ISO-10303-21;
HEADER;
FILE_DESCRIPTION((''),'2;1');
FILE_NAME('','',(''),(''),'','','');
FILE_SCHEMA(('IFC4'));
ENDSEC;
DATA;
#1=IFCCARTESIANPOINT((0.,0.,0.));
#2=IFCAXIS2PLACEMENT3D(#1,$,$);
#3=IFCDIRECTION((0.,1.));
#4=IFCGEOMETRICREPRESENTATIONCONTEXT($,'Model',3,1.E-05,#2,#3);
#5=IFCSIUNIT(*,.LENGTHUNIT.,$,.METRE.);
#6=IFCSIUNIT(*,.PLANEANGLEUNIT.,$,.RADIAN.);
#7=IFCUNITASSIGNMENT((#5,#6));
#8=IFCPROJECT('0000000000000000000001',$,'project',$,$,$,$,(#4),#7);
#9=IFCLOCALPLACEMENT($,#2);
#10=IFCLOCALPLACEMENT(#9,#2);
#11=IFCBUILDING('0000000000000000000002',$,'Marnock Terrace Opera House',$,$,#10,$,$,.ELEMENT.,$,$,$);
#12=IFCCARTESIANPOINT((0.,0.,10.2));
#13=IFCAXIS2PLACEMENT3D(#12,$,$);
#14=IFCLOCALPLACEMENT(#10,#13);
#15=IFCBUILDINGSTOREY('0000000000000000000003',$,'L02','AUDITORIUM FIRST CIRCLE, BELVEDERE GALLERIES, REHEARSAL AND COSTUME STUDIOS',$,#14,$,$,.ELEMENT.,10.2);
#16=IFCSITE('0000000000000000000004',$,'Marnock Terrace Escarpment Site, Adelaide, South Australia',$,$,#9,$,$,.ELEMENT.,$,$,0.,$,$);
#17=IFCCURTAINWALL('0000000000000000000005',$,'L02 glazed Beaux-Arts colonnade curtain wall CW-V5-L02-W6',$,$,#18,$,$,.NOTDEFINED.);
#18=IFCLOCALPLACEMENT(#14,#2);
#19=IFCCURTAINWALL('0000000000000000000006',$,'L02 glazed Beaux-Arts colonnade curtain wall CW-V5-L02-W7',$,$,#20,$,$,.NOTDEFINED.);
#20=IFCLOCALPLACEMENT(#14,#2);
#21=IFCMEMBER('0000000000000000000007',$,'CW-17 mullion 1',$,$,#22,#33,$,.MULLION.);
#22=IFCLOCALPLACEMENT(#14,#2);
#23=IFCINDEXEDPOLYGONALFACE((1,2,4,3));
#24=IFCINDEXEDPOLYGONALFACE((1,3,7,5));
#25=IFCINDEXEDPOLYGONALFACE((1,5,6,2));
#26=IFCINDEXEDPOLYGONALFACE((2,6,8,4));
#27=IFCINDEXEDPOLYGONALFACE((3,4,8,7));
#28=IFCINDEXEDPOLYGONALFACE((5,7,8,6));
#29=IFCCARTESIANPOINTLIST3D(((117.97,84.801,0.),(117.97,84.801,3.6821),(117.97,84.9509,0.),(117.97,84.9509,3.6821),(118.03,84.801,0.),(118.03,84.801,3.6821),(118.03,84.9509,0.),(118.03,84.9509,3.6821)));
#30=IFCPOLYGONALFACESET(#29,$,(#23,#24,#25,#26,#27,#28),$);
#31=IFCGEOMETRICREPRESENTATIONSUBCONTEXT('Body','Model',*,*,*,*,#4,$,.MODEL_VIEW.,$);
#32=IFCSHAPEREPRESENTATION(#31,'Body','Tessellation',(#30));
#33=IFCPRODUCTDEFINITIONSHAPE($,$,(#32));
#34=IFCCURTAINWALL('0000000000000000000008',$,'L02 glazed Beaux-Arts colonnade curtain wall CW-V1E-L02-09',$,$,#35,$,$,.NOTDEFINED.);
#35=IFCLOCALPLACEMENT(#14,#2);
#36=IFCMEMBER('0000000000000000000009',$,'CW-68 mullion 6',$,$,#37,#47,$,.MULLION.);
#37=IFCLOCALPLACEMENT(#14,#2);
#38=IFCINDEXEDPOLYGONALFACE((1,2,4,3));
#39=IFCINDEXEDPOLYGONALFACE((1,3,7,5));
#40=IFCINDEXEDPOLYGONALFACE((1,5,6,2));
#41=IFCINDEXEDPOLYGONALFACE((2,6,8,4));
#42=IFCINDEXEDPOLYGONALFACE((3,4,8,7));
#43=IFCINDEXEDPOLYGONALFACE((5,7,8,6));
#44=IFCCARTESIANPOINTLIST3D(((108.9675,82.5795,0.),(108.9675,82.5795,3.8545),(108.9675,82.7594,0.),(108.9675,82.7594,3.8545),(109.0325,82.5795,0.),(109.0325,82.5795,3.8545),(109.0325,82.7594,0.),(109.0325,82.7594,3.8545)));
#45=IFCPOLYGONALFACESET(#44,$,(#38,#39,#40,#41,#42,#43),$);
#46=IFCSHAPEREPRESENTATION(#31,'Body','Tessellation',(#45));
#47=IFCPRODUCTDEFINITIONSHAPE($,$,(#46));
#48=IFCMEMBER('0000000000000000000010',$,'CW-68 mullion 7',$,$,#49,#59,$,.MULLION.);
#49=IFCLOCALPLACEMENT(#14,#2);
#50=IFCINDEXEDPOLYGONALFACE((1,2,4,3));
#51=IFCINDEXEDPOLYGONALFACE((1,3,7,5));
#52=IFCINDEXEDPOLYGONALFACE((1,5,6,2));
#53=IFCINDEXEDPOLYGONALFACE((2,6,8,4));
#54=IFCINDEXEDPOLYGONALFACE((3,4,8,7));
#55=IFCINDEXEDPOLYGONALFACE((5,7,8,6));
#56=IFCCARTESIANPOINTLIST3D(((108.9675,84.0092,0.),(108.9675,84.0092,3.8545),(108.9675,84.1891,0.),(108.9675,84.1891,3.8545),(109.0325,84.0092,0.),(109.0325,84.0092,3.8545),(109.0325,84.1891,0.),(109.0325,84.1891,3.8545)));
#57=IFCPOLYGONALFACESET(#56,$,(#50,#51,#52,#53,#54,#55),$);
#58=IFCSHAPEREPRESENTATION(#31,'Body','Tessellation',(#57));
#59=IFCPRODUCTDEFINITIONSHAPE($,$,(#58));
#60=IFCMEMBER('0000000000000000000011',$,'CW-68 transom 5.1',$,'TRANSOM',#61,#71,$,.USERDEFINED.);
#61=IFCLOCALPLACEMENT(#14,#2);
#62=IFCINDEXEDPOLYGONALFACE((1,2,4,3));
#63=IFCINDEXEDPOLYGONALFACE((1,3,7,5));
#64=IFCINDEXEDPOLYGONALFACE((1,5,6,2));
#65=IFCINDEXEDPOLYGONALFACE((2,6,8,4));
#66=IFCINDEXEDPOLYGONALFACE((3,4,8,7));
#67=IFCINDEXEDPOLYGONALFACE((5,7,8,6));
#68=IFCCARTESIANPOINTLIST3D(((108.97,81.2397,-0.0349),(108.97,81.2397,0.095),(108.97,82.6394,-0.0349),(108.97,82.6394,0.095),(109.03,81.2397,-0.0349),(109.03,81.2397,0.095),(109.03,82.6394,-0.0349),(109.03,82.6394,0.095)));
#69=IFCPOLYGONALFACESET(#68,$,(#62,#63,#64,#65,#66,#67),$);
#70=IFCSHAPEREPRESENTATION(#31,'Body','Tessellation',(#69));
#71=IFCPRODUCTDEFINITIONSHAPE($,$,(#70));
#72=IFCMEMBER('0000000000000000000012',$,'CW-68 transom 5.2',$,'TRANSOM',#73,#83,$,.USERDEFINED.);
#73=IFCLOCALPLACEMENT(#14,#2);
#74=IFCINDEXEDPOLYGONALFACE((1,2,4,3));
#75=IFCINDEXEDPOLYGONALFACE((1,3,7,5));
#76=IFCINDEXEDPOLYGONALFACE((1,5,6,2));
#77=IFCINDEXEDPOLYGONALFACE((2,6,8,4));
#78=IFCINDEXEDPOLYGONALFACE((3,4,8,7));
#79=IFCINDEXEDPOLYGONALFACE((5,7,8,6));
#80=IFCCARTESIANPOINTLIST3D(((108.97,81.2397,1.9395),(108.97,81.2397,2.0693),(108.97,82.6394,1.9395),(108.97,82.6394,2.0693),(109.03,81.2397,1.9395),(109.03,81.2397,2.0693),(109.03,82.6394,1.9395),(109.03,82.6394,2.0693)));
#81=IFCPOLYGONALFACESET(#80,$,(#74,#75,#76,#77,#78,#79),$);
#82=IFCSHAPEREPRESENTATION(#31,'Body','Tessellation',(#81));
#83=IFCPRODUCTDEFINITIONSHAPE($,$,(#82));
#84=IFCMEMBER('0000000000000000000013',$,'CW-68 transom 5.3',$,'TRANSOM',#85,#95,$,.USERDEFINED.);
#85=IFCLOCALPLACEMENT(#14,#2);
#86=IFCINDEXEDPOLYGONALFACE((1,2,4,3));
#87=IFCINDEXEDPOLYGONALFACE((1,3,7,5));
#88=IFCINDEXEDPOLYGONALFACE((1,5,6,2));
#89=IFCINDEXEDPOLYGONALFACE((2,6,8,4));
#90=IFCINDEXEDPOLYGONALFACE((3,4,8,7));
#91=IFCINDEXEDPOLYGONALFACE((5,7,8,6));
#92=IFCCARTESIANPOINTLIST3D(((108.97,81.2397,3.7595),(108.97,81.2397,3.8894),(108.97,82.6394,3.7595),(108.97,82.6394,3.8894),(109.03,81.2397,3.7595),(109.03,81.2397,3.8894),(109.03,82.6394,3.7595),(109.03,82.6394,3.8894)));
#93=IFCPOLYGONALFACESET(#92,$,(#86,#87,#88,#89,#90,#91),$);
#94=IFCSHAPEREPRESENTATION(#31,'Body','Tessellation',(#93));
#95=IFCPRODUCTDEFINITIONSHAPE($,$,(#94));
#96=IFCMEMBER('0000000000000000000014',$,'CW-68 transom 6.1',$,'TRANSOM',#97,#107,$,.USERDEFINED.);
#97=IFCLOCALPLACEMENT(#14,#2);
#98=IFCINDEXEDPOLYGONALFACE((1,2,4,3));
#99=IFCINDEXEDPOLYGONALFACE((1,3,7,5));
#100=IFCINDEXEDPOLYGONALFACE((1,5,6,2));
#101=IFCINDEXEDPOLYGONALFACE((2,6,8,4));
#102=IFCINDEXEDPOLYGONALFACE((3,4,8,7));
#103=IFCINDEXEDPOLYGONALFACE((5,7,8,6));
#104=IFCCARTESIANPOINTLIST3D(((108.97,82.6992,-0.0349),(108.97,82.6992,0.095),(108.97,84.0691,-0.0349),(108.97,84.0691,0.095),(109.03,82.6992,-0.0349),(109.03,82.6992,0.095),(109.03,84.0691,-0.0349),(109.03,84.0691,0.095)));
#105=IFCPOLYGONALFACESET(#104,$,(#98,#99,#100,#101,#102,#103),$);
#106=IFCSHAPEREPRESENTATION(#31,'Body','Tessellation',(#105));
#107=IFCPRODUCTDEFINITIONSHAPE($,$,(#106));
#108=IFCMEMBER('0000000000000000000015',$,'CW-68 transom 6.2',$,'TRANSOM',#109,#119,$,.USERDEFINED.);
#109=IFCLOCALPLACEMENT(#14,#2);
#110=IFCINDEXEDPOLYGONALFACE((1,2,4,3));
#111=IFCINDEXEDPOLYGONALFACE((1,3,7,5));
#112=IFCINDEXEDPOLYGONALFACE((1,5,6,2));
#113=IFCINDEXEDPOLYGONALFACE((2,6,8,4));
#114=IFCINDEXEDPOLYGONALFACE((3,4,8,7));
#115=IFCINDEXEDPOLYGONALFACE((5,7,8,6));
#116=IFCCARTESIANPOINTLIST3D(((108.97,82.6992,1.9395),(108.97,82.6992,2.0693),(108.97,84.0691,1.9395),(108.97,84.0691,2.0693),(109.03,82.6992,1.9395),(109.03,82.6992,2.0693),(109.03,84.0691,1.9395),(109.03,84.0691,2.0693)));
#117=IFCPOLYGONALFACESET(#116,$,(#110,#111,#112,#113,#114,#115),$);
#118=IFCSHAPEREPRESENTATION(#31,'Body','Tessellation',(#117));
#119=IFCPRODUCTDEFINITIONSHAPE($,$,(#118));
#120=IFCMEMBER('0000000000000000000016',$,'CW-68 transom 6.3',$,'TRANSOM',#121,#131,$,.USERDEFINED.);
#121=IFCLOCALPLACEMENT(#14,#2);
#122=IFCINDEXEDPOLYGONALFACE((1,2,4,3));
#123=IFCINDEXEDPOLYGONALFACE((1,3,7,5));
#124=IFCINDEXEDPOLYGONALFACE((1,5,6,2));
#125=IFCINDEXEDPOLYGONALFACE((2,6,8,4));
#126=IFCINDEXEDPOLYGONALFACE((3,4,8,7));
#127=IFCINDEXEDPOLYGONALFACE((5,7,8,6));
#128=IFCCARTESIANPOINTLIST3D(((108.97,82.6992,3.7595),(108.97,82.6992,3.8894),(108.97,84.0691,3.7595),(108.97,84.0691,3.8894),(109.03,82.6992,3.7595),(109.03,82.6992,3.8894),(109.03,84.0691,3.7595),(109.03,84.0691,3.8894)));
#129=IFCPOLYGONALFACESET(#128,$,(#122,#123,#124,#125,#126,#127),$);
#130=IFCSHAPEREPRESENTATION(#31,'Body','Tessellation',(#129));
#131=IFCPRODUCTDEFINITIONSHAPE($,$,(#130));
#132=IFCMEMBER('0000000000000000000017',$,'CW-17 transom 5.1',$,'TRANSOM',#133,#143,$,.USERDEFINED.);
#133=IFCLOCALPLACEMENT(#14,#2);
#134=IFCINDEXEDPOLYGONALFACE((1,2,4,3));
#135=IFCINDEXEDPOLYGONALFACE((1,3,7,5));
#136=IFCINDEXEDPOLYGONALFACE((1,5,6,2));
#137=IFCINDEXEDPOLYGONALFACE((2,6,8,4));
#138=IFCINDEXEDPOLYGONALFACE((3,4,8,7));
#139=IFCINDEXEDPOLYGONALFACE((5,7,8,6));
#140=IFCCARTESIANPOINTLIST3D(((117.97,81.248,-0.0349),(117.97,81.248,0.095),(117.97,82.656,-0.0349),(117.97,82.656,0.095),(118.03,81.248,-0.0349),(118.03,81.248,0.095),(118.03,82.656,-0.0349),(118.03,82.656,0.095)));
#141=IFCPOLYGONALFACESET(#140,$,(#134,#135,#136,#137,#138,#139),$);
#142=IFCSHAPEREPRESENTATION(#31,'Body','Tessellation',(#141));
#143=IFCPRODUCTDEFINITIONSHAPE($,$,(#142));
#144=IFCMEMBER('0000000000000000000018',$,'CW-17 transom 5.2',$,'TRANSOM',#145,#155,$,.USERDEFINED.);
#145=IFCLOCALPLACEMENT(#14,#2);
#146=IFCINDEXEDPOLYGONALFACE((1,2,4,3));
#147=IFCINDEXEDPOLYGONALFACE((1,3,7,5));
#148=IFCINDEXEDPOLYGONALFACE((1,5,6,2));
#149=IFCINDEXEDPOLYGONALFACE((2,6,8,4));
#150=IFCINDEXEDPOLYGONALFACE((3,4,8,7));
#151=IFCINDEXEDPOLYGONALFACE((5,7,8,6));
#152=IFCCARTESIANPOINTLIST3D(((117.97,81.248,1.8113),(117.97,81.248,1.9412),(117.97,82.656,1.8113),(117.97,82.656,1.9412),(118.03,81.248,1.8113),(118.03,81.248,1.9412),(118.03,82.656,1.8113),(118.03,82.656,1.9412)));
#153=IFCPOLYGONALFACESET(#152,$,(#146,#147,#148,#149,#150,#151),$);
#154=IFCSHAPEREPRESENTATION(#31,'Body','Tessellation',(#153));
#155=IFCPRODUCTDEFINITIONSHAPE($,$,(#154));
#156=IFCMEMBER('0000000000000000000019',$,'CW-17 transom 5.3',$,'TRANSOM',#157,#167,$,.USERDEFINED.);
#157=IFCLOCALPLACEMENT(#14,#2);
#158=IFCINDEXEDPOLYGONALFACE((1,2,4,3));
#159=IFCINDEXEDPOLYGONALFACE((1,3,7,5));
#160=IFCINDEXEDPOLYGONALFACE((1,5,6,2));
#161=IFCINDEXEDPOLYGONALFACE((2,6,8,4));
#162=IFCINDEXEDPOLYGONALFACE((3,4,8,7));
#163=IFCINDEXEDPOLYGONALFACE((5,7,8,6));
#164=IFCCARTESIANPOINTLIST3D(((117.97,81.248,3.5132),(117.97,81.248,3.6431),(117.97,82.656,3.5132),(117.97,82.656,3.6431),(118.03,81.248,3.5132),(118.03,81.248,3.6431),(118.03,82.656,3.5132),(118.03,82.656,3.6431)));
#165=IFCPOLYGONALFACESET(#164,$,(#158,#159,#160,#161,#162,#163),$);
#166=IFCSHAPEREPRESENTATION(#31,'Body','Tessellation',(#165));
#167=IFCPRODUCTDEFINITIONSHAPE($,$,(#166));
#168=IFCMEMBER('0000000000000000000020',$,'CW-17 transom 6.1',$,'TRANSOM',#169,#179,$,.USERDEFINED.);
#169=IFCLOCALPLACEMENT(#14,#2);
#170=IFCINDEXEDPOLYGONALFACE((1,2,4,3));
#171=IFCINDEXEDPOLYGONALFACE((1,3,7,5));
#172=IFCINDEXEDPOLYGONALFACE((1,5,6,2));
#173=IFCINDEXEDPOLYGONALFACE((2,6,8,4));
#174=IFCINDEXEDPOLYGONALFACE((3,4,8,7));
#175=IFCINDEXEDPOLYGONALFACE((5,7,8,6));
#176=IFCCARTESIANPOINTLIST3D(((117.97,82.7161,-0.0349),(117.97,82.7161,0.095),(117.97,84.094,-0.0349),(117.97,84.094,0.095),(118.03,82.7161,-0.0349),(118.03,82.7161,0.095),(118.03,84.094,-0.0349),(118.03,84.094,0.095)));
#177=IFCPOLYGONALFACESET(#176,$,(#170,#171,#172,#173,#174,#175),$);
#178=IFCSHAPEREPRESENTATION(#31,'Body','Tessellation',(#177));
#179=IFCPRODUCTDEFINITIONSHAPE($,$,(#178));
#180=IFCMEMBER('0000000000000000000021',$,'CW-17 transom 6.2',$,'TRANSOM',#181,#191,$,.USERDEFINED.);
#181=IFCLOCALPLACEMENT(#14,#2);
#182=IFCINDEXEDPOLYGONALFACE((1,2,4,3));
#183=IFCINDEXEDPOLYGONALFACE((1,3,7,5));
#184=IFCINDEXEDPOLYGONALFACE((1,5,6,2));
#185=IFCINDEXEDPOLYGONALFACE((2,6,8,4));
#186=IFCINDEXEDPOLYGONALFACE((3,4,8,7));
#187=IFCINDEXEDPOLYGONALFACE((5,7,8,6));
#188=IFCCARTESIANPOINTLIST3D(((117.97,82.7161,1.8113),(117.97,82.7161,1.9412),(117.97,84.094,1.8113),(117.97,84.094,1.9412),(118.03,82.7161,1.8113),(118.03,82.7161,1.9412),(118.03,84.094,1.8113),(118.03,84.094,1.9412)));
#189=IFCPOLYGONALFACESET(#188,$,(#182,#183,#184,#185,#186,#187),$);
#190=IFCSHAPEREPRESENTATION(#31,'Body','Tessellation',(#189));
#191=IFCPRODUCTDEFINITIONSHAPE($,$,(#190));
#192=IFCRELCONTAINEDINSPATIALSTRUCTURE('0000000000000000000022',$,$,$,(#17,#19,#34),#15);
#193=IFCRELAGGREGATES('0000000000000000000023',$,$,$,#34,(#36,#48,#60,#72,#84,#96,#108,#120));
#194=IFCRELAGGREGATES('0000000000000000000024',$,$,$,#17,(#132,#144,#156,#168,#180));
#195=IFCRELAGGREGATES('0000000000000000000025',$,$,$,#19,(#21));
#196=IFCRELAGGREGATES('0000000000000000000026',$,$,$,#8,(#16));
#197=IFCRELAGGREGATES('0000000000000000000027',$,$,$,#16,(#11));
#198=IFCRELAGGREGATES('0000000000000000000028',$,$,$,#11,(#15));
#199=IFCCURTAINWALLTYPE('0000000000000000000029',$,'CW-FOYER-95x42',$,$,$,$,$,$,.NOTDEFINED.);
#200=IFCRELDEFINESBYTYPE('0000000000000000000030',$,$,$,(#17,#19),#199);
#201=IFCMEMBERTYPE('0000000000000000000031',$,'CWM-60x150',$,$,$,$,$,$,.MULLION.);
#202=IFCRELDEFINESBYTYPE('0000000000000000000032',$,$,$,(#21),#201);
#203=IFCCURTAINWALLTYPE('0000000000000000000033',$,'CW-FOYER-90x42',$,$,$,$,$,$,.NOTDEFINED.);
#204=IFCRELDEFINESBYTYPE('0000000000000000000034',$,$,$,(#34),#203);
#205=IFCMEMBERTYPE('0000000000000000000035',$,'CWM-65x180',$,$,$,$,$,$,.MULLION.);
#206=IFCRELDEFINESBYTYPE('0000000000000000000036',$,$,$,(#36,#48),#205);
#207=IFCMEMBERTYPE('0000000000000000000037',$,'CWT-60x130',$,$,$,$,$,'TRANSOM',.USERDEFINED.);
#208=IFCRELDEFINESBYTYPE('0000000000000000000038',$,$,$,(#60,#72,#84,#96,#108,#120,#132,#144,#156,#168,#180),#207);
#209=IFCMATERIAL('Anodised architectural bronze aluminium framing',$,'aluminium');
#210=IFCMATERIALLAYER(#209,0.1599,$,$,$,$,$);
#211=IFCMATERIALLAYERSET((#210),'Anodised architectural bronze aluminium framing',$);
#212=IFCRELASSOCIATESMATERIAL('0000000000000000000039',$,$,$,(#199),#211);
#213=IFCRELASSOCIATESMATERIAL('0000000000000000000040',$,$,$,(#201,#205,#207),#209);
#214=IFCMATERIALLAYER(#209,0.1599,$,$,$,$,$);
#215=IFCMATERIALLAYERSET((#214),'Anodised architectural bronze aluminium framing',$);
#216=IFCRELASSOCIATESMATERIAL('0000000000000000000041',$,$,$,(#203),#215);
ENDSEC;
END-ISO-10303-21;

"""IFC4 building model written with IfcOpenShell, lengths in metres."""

from ifc_helpers import new_model, si_unit, direction, frame, origin, origin_2d, place, context, subcontext, project, spatial, rectangle, extrude, material, layer, layer_set, material_profile, profile_set, type_object, element, aggregate, save


model = new_model("IFC4")

# Units and contexts
model_context = context("Model", 3, precision=1e-05, world=origin(), true_north=direction((0.0, 1.0)))
body_context = subcontext(model_context, "Body", "Model", "MODEL_VIEW")
ifc_project = project(units=[si_unit("LENGTHUNIT", "METRE"), si_unit("PLANEANGLEUNIT", "RADIAN")], contexts=[model_context])

# Site, building, storey
site_placement = place(None, origin())
site = spatial("IfcSite", under=ifc_project, at=site_placement, Name="Marnock Terrace Escarpment Site, Adelaide, South Australia", CompositionType="ELEMENT", RefElevation=0.0)
building_placement = place(site_placement, origin())
building = spatial("IfcBuilding", under=site, at=building_placement, Name="Marnock Terrace Opera House", CompositionType="ELEMENT")
storey_placement = place(building_placement, frame((0.0, 0.0, 10.2)))
storey = spatial("IfcBuildingStorey", under=building, at=storey_placement, Name="L02", Description="AUDITORIUM FIRST CIRCLE, BELVEDERE GALLERIES, REHEARSAL AND COSTUME STUDIOS", CompositionType="ELEMENT", Elevation=10.2)

# Curtain wall
ifc_material_1 = material(Name="Anodised architectural bronze aluminium framing", Category="aluminium")
ifc_layer_1 = layer(ifc_material_1, 0.1599)
ifc_layer_set_1 = layer_set([ifc_layer_1], Name="Anodised architectural bronze aluminium framing")
curtain_wall_type_1 = type_object("IfcCurtainWallType", Name="CW-FOYER-95x42", PredefinedType="NOTDEFINED", material=ifc_layer_set_1)
curtain_wall_1_placement = place(storey_placement, origin())
curtain_wall_1 = element("IfcCurtainWall", 1, at=curtain_wall_1_placement, inside=storey, type_object=curtain_wall_type_1, Name="L02 glazed Beaux-Arts colonnade curtain wall CW-V5-L02-W6", PredefinedType="NOTDEFINED")
ifc_material_profile_1 = material_profile(ifc_material_1, rectangle(XDim=0.0601, YDim=0.1499, at=origin_2d()))
ifc_profile_set_1 = profile_set([ifc_material_profile_1], Name="Anodised architectural bronze aluminium framing")
member_type_1 = type_object("IfcMemberType", Name="CWM-60x150", PredefinedType="MULLION", material=ifc_profile_set_1)

# Curtain wall, member
curtain_wall_2_placement = place(storey_placement, origin())
curtain_wall_2 = element("IfcCurtainWall", 2, at=curtain_wall_2_placement, inside=storey, type_object=curtain_wall_type_1, Name="L02 glazed Beaux-Arts colonnade curtain wall CW-V5-L02-W7", PredefinedType="NOTDEFINED")
member_1_placement = place(storey_placement, frame((118.0, 84.876, 0.0), z_axis=(0.0, 0.0, 1.0), x_axis=(-1.0, 0.0, 0.0)))
member_1 = element("IfcMember", 3, at=member_1_placement, type_object=member_type_1, Name="CW-17 mullion 1", PredefinedType="MULLION", context=body_context, shape_type="SweptSolid", body=[
    extrude(rectangle(XDim=0.0601, YDim=0.1499, at=origin_2d()), origin(), (0.0, 0.0, 1.0), 3.6821),
])

# Curtain wall, members
ifc_layer_2 = layer(ifc_material_1, 0.1599)
ifc_layer_set_2 = layer_set([ifc_layer_2], Name="Anodised architectural bronze aluminium framing")
curtain_wall_type_2 = type_object("IfcCurtainWallType", Name="CW-FOYER-90x42", PredefinedType="NOTDEFINED", material=ifc_layer_set_2)
curtain_wall_3_placement = place(storey_placement, origin())
curtain_wall_3 = element("IfcCurtainWall", 4, at=curtain_wall_3_placement, inside=storey, type_object=curtain_wall_type_2, Name="L02 glazed Beaux-Arts colonnade curtain wall CW-V1E-L02-09", PredefinedType="NOTDEFINED")
ifc_material_profile_2 = material_profile(ifc_material_1, rectangle(XDim=0.0649, YDim=0.1799, at=origin_2d()))
ifc_profile_set_2 = profile_set([ifc_material_profile_2], Name="Anodised architectural bronze aluminium framing")
member_type_2 = type_object("IfcMemberType", Name="CWM-65x180", PredefinedType="MULLION", material=ifc_profile_set_2)
member_2_placement = place(storey_placement, frame((109.0, 82.6694, 0.0), z_axis=(0.0, 0.0, 1.0), x_axis=(-1.0, 0.0, 0.0)))
member_2 = element("IfcMember", 5, at=member_2_placement, type_object=member_type_2, Name="CW-68 mullion 6", PredefinedType="MULLION", context=body_context, shape_type="SweptSolid", body=[
    extrude(rectangle(XDim=0.0649, YDim=0.1799, at=origin_2d()), origin(), (0.0, 0.0, 1.0), 3.8545),
])
member_3_placement = place(storey_placement, frame((109.0, 84.0991, 0.0), z_axis=(0.0, 0.0, 1.0), x_axis=(-1.0, 0.0, 0.0)))
member_3 = element("IfcMember", 6, at=member_3_placement, type_object=member_type_2, Name="CW-68 mullion 7", PredefinedType="MULLION", context=body_context, shape_type="SweptSolid", body=[
    extrude(rectangle(XDim=0.0649, YDim=0.1799, at=origin_2d()), origin(), (0.0, 0.0, 1.0), 3.8545),
])
ifc_material_profile_3 = material_profile(ifc_material_1, rectangle(XDim=0.0601, YDim=0.1299, at=origin_2d()))
ifc_profile_set_3 = profile_set([ifc_material_profile_3], Name="Anodised architectural bronze aluminium framing")
member_type_3 = type_object("IfcMemberType", Name="CWT-60x130", ElementType="TRANSOM", PredefinedType="USERDEFINED", material=ifc_profile_set_3)
member_4_placement = place(storey_placement, frame((109.0, 81.2397, 0.03), z_axis=(0.0, 1.0, 0.0), x_axis=(-1.0, 0.0, 0.0)))
member_4 = element("IfcMember", 7, at=member_4_placement, type_object=member_type_3, Name="CW-68 transom 5.1", ObjectType="TRANSOM", PredefinedType="USERDEFINED", context=body_context, shape_type="SweptSolid", body=[
    extrude(rectangle(XDim=0.0601, YDim=0.1299, at=origin_2d()), origin(), (0.0, 0.0, 1.0), 1.3997),
])
member_5_placement = place(storey_placement, frame((109.0, 81.2397, 2.0044), z_axis=(0.0, 1.0, 0.0), x_axis=(-1.0, 0.0, 0.0)))
member_5 = element("IfcMember", 8, at=member_5_placement, type_object=member_type_3, Name="CW-68 transom 5.2", ObjectType="TRANSOM", PredefinedType="USERDEFINED", context=body_context, shape_type="SweptSolid", body=[
    extrude(rectangle(XDim=0.0601, YDim=0.1299, at=origin_2d()), origin(), (0.0, 0.0, 1.0), 1.3997),
])
member_6_placement = place(storey_placement, frame((109.0, 81.2397, 3.8245), z_axis=(0.0, 1.0, 0.0), x_axis=(-1.0, 0.0, 0.0)))
member_6 = element("IfcMember", 9, at=member_6_placement, type_object=member_type_3, Name="CW-68 transom 5.3", ObjectType="TRANSOM", PredefinedType="USERDEFINED", context=body_context, shape_type="SweptSolid", body=[
    extrude(rectangle(XDim=0.0601, YDim=0.1299, at=origin_2d()), origin(), (0.0, 0.0, 1.0), 1.3997),
])
member_7_placement = place(storey_placement, frame((109.0, 82.6992, 0.03), z_axis=(0.0, 1.0, 0.0), x_axis=(-1.0, 0.0, 0.0)))
member_7 = element("IfcMember", 10, at=member_7_placement, type_object=member_type_3, Name="CW-68 transom 6.1", ObjectType="TRANSOM", PredefinedType="USERDEFINED", context=body_context, shape_type="SweptSolid", body=[
    extrude(rectangle(XDim=0.0601, YDim=0.1299, at=origin_2d()), origin(), (0.0, 0.0, 1.0), 1.3699),
])
member_8_placement = place(storey_placement, frame((109.0, 82.6992, 2.0044), z_axis=(0.0, 1.0, 0.0), x_axis=(-1.0, 0.0, 0.0)))
member_8 = element("IfcMember", 11, at=member_8_placement, type_object=member_type_3, Name="CW-68 transom 6.2", ObjectType="TRANSOM", PredefinedType="USERDEFINED", context=body_context, shape_type="SweptSolid", body=[
    extrude(rectangle(XDim=0.0601, YDim=0.1299, at=origin_2d()), origin(), (0.0, 0.0, 1.0), 1.3699),
])
member_9_placement = place(storey_placement, frame((109.0, 82.6992, 3.8245), z_axis=(0.0, 1.0, 0.0), x_axis=(-1.0, 0.0, 0.0)))
member_9 = element("IfcMember", 12, at=member_9_placement, type_object=member_type_3, Name="CW-68 transom 6.3", ObjectType="TRANSOM", PredefinedType="USERDEFINED", context=body_context, shape_type="SweptSolid", body=[
    extrude(rectangle(XDim=0.0601, YDim=0.1299, at=origin_2d()), origin(), (0.0, 0.0, 1.0), 1.3699),
])

# Members
member_10_placement = place(storey_placement, frame((118.0, 81.248, 0.03), z_axis=(0.0, 1.0, 0.0), x_axis=(-1.0, 0.0, 0.0)))
member_10 = element("IfcMember", 13, at=member_10_placement, type_object=member_type_3, Name="CW-17 transom 5.1", ObjectType="TRANSOM", PredefinedType="USERDEFINED", context=body_context, shape_type="SweptSolid", body=[
    extrude(rectangle(XDim=0.0601, YDim=0.1299, at=origin_2d()), origin(), (0.0, 0.0, 1.0), 1.408),
])
member_11_placement = place(storey_placement, frame((118.0, 81.248, 1.8762), z_axis=(0.0, 1.0, 0.0), x_axis=(-1.0, 0.0, 0.0)))
member_11 = element("IfcMember", 14, at=member_11_placement, type_object=member_type_3, Name="CW-17 transom 5.2", ObjectType="TRANSOM", PredefinedType="USERDEFINED", context=body_context, shape_type="SweptSolid", body=[
    extrude(rectangle(XDim=0.0601, YDim=0.1299, at=origin_2d()), origin(), (0.0, 0.0, 1.0), 1.408),
])
member_12_placement = place(storey_placement, frame((118.0, 81.248, 3.5781), z_axis=(0.0, 1.0, 0.0), x_axis=(-1.0, 0.0, 0.0)))
member_12 = element("IfcMember", 15, at=member_12_placement, type_object=member_type_3, Name="CW-17 transom 5.3", ObjectType="TRANSOM", PredefinedType="USERDEFINED", context=body_context, shape_type="SweptSolid", body=[
    extrude(rectangle(XDim=0.0601, YDim=0.1299, at=origin_2d()), origin(), (0.0, 0.0, 1.0), 1.408),
])
member_13_placement = place(storey_placement, frame((118.0, 82.7161, 0.03), z_axis=(0.0, 1.0, 0.0), x_axis=(-1.0, 0.0, 0.0)))
member_13 = element("IfcMember", 16, at=member_13_placement, type_object=member_type_3, Name="CW-17 transom 6.1", ObjectType="TRANSOM", PredefinedType="USERDEFINED", context=body_context, shape_type="SweptSolid", body=[
    extrude(rectangle(XDim=0.0601, YDim=0.1299, at=origin_2d()), origin(), (0.0, 0.0, 1.0), 1.3779),
])
member_14_placement = place(storey_placement, frame((118.0, 82.7161, 1.8762), z_axis=(0.0, 1.0, 0.0), x_axis=(-1.0, 0.0, 0.0)))
member_14 = element("IfcMember", 17, at=member_14_placement, type_object=member_type_3, Name="CW-17 transom 6.2", ObjectType="TRANSOM", PredefinedType="USERDEFINED", context=body_context, shape_type="SweptSolid", body=[
    extrude(rectangle(XDim=0.0601, YDim=0.1299, at=origin_2d()), origin(), (0.0, 0.0, 1.0), 1.3779),
])

aggregate(curtain_wall_3, [member_2, member_3, member_4, member_5, member_6, member_7, member_8, member_9])
aggregate(curtain_wall_1, [member_10, member_11, member_12, member_13, member_14])
aggregate(curtain_wall_2, [member_1])

save(model, "model.ifc")
